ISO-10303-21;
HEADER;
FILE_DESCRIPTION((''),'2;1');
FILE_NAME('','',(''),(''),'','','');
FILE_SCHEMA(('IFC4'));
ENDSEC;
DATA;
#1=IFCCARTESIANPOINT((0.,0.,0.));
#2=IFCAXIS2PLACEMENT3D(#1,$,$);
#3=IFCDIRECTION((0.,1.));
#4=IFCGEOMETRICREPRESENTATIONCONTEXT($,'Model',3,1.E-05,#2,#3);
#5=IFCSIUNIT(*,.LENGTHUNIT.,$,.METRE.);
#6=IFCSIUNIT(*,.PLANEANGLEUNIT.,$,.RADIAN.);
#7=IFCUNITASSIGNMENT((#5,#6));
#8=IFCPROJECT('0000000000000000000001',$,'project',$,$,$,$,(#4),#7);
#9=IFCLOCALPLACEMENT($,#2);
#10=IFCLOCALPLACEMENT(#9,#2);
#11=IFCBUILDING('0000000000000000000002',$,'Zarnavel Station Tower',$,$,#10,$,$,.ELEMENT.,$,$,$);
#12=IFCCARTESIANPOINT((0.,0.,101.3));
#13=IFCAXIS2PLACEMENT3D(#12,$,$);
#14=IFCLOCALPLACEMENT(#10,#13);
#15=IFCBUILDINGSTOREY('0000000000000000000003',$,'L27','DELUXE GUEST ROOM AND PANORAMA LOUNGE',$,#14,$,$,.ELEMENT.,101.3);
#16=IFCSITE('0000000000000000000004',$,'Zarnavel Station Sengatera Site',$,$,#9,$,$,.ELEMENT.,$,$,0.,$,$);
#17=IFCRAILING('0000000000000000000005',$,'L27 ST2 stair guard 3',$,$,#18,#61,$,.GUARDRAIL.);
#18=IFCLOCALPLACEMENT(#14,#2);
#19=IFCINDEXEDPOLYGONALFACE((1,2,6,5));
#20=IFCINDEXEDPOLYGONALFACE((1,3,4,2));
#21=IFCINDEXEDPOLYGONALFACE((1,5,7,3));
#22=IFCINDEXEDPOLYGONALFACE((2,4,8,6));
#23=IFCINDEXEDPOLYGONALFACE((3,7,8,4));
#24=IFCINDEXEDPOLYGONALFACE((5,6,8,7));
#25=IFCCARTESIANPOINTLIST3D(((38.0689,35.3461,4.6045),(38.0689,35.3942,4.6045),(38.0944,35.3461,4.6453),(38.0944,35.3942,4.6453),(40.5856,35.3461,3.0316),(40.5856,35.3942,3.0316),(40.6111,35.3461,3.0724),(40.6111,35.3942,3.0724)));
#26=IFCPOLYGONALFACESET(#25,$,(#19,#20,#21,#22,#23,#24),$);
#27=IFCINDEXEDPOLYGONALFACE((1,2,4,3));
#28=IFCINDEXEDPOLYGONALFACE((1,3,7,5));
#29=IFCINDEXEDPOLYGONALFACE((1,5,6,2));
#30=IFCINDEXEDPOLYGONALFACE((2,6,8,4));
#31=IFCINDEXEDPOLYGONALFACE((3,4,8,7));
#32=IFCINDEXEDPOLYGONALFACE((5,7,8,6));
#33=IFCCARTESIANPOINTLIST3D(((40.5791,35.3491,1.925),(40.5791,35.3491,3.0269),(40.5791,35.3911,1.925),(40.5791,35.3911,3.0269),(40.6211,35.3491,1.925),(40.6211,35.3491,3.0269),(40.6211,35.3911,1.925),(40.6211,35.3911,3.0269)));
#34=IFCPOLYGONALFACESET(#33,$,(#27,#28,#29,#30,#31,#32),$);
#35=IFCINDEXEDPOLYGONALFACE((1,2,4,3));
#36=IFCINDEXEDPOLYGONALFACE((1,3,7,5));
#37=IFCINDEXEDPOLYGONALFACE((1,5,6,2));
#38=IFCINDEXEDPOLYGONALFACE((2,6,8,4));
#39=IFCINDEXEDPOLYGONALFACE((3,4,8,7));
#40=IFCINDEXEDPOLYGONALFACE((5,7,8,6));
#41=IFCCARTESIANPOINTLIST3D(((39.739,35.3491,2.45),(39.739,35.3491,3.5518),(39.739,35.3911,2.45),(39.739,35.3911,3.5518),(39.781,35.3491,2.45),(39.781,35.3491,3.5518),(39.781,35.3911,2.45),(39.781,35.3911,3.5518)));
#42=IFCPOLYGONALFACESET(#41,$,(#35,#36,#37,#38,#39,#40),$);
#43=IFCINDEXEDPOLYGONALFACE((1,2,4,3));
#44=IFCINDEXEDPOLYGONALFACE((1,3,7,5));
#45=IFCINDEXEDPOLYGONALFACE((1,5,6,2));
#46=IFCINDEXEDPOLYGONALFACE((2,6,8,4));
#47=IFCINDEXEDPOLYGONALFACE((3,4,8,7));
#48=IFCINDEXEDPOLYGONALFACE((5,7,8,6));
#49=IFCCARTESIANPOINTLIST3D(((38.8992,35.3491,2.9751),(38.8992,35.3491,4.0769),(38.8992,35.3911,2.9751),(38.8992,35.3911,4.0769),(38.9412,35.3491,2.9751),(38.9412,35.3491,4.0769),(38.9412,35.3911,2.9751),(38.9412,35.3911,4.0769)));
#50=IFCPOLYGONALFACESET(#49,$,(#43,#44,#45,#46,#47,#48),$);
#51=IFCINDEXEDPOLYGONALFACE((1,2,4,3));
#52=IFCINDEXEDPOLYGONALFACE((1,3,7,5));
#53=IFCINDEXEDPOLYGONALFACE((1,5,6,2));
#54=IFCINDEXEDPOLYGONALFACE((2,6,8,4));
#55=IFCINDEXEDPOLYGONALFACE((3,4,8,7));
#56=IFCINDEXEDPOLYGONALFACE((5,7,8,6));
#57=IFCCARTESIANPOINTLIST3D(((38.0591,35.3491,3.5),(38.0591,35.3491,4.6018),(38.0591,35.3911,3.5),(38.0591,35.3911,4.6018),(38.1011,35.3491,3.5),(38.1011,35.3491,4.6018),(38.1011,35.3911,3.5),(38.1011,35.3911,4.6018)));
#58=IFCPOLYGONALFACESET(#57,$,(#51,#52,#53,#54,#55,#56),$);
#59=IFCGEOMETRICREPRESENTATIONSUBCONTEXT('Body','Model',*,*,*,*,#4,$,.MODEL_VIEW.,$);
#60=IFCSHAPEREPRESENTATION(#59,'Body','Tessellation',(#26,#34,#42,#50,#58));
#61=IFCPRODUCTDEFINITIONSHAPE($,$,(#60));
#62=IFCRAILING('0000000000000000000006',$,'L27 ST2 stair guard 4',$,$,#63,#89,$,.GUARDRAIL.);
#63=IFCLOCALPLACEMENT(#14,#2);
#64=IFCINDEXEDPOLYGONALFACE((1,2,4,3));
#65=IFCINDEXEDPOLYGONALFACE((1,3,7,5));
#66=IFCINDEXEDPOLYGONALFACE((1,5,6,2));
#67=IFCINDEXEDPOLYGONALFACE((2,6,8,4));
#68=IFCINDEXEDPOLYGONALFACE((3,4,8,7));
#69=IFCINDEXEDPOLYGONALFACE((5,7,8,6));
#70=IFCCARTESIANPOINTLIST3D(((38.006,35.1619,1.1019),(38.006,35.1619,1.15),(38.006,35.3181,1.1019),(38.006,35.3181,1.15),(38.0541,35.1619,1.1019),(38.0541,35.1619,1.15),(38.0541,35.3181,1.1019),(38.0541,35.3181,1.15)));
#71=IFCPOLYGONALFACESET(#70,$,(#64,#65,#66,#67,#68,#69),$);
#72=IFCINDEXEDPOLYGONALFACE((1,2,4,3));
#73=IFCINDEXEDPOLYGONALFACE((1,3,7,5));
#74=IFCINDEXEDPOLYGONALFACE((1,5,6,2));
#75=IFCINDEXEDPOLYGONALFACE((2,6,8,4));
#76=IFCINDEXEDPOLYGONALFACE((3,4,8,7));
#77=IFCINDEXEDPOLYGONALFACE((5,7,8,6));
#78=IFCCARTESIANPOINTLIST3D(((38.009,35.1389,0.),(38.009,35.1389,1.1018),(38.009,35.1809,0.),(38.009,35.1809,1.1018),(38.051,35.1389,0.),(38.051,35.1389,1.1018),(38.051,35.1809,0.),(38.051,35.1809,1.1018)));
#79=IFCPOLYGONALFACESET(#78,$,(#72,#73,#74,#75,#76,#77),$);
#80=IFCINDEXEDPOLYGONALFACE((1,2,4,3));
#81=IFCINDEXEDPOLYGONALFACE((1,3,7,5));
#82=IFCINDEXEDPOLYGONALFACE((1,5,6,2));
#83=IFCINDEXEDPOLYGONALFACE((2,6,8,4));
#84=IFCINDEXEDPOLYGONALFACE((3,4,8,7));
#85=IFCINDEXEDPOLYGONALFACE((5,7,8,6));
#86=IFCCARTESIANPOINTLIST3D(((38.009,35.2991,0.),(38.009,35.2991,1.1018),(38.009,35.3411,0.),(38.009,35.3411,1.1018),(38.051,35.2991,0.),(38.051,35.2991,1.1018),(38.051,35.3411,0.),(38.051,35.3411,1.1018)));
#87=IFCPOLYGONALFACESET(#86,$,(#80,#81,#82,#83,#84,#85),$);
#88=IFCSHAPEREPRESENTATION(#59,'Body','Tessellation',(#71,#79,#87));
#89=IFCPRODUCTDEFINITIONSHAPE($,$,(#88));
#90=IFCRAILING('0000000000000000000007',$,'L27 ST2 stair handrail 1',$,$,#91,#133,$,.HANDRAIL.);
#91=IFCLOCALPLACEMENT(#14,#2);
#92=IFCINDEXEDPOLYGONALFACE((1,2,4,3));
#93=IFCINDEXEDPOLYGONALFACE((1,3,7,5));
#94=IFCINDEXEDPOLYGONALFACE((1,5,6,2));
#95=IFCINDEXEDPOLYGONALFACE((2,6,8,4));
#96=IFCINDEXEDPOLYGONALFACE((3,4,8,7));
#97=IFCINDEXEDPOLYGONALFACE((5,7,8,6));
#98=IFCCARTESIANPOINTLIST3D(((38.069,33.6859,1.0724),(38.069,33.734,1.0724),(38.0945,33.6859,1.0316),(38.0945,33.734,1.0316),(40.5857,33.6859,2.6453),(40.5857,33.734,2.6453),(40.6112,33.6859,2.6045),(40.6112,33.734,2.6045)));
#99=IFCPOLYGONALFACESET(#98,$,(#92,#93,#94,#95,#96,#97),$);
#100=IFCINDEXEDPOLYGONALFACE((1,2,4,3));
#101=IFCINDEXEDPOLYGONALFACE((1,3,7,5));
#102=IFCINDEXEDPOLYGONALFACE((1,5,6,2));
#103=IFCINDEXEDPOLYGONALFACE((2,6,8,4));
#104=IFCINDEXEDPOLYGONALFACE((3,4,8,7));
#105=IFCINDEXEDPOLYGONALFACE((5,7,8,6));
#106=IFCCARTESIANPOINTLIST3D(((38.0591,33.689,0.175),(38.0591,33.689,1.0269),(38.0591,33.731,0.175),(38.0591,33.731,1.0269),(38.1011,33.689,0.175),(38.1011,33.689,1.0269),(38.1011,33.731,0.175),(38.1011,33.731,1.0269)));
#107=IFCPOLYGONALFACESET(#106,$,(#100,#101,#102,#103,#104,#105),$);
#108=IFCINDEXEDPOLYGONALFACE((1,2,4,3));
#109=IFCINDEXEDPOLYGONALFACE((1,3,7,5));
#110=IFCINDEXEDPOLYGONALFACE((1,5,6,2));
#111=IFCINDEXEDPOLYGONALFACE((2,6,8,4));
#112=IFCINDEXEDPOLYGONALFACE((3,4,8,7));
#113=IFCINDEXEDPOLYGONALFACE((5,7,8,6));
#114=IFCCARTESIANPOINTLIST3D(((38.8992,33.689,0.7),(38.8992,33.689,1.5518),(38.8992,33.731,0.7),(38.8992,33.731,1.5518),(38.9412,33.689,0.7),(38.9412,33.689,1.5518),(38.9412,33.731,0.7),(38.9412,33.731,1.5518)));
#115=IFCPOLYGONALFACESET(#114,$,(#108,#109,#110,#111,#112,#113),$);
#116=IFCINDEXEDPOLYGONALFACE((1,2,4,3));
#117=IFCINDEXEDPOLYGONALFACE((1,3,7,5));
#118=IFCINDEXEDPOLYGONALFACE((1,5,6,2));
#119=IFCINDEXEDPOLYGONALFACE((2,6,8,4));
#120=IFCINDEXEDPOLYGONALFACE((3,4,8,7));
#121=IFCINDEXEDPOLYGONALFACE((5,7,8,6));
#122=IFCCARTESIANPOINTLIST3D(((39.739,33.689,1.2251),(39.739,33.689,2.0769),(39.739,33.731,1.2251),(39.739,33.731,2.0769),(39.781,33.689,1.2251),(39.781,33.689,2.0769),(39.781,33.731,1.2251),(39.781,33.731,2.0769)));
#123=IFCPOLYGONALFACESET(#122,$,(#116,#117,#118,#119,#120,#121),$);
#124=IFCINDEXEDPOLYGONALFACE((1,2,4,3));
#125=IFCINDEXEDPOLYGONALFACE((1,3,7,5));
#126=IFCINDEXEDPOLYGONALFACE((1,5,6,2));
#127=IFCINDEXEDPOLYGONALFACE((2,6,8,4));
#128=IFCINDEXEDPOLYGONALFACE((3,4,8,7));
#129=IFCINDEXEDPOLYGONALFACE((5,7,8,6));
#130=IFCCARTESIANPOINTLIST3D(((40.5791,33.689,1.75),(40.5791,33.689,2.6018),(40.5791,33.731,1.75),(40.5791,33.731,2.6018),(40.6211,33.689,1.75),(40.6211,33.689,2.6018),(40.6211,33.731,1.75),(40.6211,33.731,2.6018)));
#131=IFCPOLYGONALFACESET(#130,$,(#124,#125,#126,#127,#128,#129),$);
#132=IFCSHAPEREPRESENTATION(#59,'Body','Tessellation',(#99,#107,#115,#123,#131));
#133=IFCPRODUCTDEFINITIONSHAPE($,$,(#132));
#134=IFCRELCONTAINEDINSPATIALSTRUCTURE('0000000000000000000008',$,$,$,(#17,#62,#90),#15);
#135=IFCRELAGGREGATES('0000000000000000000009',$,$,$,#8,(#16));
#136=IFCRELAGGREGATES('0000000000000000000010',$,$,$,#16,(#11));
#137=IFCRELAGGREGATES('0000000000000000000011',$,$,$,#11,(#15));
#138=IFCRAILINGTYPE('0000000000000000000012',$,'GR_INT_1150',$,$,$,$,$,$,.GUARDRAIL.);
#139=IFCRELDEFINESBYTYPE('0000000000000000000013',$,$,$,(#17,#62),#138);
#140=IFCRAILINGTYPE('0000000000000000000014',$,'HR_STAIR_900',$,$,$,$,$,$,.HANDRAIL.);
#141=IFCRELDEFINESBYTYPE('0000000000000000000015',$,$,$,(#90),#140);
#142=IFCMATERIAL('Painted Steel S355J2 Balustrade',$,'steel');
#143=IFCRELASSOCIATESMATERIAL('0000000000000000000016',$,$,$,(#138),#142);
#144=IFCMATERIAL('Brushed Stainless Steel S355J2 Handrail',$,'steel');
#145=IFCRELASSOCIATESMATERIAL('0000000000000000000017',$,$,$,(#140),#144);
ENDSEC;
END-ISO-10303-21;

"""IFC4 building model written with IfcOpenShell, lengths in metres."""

from ifc_helpers import new_model, si_unit, direction, frame, origin, origin_2d, place, context, subcontext, project, spatial, rectangle, extrude, material, type_object, element, save


model = new_model("IFC4")

# Units and contexts
model_context = context("Model", 3, precision=1e-05, world=origin(), true_north=direction((0.0, 1.0)))
body_context = subcontext(model_context, "Body", "Model", "MODEL_VIEW")
ifc_project = project(units=[si_unit("LENGTHUNIT", "METRE"), si_unit("PLANEANGLEUNIT", "RADIAN")], contexts=[model_context])

# Site, building, storey
site_placement = place(None, origin())
site = spatial("IfcSite", under=ifc_project, at=site_placement, Name="Zarnavel Station Sengatera Site", CompositionType="ELEMENT", RefElevation=0.0)
building_placement = place(site_placement, origin())
building = spatial("IfcBuilding", under=site, at=building_placement, Name="Zarnavel Station Tower", CompositionType="ELEMENT")
storey_placement = place(building_placement, frame((0.0, 0.0, 101.3)))
storey = spatial("IfcBuildingStorey", under=building, at=storey_placement, Name="L27", Description="DELUXE GUEST ROOM AND PANORAMA LOUNGE", CompositionType="ELEMENT", Elevation=101.3)

# Railings
ifc_material_1 = material(Name="Painted Steel S355J2 Balustrade", Category="steel")
railing_type_1 = type_object("IfcRailingType", Name="GR_INT_1150", PredefinedType="GUARDRAIL", material=ifc_material_1)
railing_1_placement = place(storey_placement, frame((40.6001, 35.3701, 1.925)))
element("IfcRailing", 1, at=railing_1_placement, inside=storey, type_object=railing_type_1, Name="L27 ST2 stair guard 3", PredefinedType="GUARDRAIL", context=body_context, shape_type="SweptSolid", body=[
    extrude(rectangle(XDim=0.0481, YDim=0.0481, at=origin_2d()), frame((-0.0017, 0.0, 1.127), z_axis=(-0.848008, 0.0, 0.529984), x_axis=(0.0, -1.0, 0.0)), (0.0, 0.0, 1.0), 2.9678),
    extrude(rectangle(XDim=0.042, YDim=0.042, at=origin_2d()), origin(), (0.0, 0.0, 1.0), 1.1018),
    extrude(rectangle(XDim=0.042, YDim=0.042, at=origin_2d()), frame((-0.8401, 0.0, 0.5249)), (0.0, 0.0, 1.0), 1.1018),
    extrude(rectangle(XDim=0.042, YDim=0.042, at=origin_2d()), frame((-1.6799, 0.0, 1.05)), (0.0, 0.0, 1.0), 1.1018),
    extrude(rectangle(XDim=0.042, YDim=0.042, at=origin_2d()), frame((-2.52, 0.0, 1.575)), (0.0, 0.0, 1.0), 1.1018),
])
railing_2_placement = place(storey_placement, frame((38.03, 35.1599, 0.0)))
element("IfcRailing", 2, at=railing_2_placement, inside=storey, type_object=railing_type_1, Name="L27 ST2 stair guard 4", PredefinedType="GUARDRAIL", context=body_context, shape_type="SweptSolid", body=[
    extrude(rectangle(XDim=0.0481, YDim=0.0481, at=origin_2d()), frame((0.0, 0.002, 1.126), z_axis=(0.0, 1.0, 0.0), x_axis=(-1.0, 0.0, 0.0)), (0.0, 0.0, 1.0), 0.1562),
    extrude(rectangle(XDim=0.042, YDim=0.042, at=origin_2d()), origin(), (0.0, 0.0, 1.0), 1.1018),
    extrude(rectangle(XDim=0.042, YDim=0.042, at=origin_2d()), frame((0.0, 0.1602, 0.0)), (0.0, 0.0, 1.0), 1.1018),
])
ifc_material_2 = material(Name="Brushed Stainless Steel S355J2 Handrail", Category="steel")
railing_type_2 = type_object("IfcRailingType", Name="HR_STAIR_900", PredefinedType="HANDRAIL", material=ifc_material_2)
railing_3_placement = place(storey_placement, frame((38.0801, 33.71, 0.175)))
element("IfcRailing", 3, at=railing_3_placement, inside=storey, type_object=railing_type_2, Name="L27 ST2 stair handrail 1", PredefinedType="HANDRAIL", context=body_context, shape_type="SweptSolid", body=[
    extrude(rectangle(XDim=0.0481, YDim=0.0481, at=origin_2d()), frame((0.0017, 0.0, 0.877), z_axis=(0.848008, 0.0, 0.529984), x_axis=(0.0, 1.0, 0.0)), (0.0, 0.0, 1.0), 2.9678),
    extrude(rectangle(XDim=0.042, YDim=0.042, at=origin_2d()), origin(), (0.0, 0.0, 1.0), 0.8518),
    extrude(rectangle(XDim=0.042, YDim=0.042, at=origin_2d()), frame((0.8401, 0.0, 0.5249)), (0.0, 0.0, 1.0), 0.8518),
    extrude(rectangle(XDim=0.042, YDim=0.042, at=origin_2d()), frame((1.6799, 0.0, 1.05)), (0.0, 0.0, 1.0), 0.8518),
    extrude(rectangle(XDim=0.042, YDim=0.042, at=origin_2d()), frame((2.52, 0.0, 1.575)), (0.0, 0.0, 1.0), 0.8518),
])

save(model, "model.ifc")
